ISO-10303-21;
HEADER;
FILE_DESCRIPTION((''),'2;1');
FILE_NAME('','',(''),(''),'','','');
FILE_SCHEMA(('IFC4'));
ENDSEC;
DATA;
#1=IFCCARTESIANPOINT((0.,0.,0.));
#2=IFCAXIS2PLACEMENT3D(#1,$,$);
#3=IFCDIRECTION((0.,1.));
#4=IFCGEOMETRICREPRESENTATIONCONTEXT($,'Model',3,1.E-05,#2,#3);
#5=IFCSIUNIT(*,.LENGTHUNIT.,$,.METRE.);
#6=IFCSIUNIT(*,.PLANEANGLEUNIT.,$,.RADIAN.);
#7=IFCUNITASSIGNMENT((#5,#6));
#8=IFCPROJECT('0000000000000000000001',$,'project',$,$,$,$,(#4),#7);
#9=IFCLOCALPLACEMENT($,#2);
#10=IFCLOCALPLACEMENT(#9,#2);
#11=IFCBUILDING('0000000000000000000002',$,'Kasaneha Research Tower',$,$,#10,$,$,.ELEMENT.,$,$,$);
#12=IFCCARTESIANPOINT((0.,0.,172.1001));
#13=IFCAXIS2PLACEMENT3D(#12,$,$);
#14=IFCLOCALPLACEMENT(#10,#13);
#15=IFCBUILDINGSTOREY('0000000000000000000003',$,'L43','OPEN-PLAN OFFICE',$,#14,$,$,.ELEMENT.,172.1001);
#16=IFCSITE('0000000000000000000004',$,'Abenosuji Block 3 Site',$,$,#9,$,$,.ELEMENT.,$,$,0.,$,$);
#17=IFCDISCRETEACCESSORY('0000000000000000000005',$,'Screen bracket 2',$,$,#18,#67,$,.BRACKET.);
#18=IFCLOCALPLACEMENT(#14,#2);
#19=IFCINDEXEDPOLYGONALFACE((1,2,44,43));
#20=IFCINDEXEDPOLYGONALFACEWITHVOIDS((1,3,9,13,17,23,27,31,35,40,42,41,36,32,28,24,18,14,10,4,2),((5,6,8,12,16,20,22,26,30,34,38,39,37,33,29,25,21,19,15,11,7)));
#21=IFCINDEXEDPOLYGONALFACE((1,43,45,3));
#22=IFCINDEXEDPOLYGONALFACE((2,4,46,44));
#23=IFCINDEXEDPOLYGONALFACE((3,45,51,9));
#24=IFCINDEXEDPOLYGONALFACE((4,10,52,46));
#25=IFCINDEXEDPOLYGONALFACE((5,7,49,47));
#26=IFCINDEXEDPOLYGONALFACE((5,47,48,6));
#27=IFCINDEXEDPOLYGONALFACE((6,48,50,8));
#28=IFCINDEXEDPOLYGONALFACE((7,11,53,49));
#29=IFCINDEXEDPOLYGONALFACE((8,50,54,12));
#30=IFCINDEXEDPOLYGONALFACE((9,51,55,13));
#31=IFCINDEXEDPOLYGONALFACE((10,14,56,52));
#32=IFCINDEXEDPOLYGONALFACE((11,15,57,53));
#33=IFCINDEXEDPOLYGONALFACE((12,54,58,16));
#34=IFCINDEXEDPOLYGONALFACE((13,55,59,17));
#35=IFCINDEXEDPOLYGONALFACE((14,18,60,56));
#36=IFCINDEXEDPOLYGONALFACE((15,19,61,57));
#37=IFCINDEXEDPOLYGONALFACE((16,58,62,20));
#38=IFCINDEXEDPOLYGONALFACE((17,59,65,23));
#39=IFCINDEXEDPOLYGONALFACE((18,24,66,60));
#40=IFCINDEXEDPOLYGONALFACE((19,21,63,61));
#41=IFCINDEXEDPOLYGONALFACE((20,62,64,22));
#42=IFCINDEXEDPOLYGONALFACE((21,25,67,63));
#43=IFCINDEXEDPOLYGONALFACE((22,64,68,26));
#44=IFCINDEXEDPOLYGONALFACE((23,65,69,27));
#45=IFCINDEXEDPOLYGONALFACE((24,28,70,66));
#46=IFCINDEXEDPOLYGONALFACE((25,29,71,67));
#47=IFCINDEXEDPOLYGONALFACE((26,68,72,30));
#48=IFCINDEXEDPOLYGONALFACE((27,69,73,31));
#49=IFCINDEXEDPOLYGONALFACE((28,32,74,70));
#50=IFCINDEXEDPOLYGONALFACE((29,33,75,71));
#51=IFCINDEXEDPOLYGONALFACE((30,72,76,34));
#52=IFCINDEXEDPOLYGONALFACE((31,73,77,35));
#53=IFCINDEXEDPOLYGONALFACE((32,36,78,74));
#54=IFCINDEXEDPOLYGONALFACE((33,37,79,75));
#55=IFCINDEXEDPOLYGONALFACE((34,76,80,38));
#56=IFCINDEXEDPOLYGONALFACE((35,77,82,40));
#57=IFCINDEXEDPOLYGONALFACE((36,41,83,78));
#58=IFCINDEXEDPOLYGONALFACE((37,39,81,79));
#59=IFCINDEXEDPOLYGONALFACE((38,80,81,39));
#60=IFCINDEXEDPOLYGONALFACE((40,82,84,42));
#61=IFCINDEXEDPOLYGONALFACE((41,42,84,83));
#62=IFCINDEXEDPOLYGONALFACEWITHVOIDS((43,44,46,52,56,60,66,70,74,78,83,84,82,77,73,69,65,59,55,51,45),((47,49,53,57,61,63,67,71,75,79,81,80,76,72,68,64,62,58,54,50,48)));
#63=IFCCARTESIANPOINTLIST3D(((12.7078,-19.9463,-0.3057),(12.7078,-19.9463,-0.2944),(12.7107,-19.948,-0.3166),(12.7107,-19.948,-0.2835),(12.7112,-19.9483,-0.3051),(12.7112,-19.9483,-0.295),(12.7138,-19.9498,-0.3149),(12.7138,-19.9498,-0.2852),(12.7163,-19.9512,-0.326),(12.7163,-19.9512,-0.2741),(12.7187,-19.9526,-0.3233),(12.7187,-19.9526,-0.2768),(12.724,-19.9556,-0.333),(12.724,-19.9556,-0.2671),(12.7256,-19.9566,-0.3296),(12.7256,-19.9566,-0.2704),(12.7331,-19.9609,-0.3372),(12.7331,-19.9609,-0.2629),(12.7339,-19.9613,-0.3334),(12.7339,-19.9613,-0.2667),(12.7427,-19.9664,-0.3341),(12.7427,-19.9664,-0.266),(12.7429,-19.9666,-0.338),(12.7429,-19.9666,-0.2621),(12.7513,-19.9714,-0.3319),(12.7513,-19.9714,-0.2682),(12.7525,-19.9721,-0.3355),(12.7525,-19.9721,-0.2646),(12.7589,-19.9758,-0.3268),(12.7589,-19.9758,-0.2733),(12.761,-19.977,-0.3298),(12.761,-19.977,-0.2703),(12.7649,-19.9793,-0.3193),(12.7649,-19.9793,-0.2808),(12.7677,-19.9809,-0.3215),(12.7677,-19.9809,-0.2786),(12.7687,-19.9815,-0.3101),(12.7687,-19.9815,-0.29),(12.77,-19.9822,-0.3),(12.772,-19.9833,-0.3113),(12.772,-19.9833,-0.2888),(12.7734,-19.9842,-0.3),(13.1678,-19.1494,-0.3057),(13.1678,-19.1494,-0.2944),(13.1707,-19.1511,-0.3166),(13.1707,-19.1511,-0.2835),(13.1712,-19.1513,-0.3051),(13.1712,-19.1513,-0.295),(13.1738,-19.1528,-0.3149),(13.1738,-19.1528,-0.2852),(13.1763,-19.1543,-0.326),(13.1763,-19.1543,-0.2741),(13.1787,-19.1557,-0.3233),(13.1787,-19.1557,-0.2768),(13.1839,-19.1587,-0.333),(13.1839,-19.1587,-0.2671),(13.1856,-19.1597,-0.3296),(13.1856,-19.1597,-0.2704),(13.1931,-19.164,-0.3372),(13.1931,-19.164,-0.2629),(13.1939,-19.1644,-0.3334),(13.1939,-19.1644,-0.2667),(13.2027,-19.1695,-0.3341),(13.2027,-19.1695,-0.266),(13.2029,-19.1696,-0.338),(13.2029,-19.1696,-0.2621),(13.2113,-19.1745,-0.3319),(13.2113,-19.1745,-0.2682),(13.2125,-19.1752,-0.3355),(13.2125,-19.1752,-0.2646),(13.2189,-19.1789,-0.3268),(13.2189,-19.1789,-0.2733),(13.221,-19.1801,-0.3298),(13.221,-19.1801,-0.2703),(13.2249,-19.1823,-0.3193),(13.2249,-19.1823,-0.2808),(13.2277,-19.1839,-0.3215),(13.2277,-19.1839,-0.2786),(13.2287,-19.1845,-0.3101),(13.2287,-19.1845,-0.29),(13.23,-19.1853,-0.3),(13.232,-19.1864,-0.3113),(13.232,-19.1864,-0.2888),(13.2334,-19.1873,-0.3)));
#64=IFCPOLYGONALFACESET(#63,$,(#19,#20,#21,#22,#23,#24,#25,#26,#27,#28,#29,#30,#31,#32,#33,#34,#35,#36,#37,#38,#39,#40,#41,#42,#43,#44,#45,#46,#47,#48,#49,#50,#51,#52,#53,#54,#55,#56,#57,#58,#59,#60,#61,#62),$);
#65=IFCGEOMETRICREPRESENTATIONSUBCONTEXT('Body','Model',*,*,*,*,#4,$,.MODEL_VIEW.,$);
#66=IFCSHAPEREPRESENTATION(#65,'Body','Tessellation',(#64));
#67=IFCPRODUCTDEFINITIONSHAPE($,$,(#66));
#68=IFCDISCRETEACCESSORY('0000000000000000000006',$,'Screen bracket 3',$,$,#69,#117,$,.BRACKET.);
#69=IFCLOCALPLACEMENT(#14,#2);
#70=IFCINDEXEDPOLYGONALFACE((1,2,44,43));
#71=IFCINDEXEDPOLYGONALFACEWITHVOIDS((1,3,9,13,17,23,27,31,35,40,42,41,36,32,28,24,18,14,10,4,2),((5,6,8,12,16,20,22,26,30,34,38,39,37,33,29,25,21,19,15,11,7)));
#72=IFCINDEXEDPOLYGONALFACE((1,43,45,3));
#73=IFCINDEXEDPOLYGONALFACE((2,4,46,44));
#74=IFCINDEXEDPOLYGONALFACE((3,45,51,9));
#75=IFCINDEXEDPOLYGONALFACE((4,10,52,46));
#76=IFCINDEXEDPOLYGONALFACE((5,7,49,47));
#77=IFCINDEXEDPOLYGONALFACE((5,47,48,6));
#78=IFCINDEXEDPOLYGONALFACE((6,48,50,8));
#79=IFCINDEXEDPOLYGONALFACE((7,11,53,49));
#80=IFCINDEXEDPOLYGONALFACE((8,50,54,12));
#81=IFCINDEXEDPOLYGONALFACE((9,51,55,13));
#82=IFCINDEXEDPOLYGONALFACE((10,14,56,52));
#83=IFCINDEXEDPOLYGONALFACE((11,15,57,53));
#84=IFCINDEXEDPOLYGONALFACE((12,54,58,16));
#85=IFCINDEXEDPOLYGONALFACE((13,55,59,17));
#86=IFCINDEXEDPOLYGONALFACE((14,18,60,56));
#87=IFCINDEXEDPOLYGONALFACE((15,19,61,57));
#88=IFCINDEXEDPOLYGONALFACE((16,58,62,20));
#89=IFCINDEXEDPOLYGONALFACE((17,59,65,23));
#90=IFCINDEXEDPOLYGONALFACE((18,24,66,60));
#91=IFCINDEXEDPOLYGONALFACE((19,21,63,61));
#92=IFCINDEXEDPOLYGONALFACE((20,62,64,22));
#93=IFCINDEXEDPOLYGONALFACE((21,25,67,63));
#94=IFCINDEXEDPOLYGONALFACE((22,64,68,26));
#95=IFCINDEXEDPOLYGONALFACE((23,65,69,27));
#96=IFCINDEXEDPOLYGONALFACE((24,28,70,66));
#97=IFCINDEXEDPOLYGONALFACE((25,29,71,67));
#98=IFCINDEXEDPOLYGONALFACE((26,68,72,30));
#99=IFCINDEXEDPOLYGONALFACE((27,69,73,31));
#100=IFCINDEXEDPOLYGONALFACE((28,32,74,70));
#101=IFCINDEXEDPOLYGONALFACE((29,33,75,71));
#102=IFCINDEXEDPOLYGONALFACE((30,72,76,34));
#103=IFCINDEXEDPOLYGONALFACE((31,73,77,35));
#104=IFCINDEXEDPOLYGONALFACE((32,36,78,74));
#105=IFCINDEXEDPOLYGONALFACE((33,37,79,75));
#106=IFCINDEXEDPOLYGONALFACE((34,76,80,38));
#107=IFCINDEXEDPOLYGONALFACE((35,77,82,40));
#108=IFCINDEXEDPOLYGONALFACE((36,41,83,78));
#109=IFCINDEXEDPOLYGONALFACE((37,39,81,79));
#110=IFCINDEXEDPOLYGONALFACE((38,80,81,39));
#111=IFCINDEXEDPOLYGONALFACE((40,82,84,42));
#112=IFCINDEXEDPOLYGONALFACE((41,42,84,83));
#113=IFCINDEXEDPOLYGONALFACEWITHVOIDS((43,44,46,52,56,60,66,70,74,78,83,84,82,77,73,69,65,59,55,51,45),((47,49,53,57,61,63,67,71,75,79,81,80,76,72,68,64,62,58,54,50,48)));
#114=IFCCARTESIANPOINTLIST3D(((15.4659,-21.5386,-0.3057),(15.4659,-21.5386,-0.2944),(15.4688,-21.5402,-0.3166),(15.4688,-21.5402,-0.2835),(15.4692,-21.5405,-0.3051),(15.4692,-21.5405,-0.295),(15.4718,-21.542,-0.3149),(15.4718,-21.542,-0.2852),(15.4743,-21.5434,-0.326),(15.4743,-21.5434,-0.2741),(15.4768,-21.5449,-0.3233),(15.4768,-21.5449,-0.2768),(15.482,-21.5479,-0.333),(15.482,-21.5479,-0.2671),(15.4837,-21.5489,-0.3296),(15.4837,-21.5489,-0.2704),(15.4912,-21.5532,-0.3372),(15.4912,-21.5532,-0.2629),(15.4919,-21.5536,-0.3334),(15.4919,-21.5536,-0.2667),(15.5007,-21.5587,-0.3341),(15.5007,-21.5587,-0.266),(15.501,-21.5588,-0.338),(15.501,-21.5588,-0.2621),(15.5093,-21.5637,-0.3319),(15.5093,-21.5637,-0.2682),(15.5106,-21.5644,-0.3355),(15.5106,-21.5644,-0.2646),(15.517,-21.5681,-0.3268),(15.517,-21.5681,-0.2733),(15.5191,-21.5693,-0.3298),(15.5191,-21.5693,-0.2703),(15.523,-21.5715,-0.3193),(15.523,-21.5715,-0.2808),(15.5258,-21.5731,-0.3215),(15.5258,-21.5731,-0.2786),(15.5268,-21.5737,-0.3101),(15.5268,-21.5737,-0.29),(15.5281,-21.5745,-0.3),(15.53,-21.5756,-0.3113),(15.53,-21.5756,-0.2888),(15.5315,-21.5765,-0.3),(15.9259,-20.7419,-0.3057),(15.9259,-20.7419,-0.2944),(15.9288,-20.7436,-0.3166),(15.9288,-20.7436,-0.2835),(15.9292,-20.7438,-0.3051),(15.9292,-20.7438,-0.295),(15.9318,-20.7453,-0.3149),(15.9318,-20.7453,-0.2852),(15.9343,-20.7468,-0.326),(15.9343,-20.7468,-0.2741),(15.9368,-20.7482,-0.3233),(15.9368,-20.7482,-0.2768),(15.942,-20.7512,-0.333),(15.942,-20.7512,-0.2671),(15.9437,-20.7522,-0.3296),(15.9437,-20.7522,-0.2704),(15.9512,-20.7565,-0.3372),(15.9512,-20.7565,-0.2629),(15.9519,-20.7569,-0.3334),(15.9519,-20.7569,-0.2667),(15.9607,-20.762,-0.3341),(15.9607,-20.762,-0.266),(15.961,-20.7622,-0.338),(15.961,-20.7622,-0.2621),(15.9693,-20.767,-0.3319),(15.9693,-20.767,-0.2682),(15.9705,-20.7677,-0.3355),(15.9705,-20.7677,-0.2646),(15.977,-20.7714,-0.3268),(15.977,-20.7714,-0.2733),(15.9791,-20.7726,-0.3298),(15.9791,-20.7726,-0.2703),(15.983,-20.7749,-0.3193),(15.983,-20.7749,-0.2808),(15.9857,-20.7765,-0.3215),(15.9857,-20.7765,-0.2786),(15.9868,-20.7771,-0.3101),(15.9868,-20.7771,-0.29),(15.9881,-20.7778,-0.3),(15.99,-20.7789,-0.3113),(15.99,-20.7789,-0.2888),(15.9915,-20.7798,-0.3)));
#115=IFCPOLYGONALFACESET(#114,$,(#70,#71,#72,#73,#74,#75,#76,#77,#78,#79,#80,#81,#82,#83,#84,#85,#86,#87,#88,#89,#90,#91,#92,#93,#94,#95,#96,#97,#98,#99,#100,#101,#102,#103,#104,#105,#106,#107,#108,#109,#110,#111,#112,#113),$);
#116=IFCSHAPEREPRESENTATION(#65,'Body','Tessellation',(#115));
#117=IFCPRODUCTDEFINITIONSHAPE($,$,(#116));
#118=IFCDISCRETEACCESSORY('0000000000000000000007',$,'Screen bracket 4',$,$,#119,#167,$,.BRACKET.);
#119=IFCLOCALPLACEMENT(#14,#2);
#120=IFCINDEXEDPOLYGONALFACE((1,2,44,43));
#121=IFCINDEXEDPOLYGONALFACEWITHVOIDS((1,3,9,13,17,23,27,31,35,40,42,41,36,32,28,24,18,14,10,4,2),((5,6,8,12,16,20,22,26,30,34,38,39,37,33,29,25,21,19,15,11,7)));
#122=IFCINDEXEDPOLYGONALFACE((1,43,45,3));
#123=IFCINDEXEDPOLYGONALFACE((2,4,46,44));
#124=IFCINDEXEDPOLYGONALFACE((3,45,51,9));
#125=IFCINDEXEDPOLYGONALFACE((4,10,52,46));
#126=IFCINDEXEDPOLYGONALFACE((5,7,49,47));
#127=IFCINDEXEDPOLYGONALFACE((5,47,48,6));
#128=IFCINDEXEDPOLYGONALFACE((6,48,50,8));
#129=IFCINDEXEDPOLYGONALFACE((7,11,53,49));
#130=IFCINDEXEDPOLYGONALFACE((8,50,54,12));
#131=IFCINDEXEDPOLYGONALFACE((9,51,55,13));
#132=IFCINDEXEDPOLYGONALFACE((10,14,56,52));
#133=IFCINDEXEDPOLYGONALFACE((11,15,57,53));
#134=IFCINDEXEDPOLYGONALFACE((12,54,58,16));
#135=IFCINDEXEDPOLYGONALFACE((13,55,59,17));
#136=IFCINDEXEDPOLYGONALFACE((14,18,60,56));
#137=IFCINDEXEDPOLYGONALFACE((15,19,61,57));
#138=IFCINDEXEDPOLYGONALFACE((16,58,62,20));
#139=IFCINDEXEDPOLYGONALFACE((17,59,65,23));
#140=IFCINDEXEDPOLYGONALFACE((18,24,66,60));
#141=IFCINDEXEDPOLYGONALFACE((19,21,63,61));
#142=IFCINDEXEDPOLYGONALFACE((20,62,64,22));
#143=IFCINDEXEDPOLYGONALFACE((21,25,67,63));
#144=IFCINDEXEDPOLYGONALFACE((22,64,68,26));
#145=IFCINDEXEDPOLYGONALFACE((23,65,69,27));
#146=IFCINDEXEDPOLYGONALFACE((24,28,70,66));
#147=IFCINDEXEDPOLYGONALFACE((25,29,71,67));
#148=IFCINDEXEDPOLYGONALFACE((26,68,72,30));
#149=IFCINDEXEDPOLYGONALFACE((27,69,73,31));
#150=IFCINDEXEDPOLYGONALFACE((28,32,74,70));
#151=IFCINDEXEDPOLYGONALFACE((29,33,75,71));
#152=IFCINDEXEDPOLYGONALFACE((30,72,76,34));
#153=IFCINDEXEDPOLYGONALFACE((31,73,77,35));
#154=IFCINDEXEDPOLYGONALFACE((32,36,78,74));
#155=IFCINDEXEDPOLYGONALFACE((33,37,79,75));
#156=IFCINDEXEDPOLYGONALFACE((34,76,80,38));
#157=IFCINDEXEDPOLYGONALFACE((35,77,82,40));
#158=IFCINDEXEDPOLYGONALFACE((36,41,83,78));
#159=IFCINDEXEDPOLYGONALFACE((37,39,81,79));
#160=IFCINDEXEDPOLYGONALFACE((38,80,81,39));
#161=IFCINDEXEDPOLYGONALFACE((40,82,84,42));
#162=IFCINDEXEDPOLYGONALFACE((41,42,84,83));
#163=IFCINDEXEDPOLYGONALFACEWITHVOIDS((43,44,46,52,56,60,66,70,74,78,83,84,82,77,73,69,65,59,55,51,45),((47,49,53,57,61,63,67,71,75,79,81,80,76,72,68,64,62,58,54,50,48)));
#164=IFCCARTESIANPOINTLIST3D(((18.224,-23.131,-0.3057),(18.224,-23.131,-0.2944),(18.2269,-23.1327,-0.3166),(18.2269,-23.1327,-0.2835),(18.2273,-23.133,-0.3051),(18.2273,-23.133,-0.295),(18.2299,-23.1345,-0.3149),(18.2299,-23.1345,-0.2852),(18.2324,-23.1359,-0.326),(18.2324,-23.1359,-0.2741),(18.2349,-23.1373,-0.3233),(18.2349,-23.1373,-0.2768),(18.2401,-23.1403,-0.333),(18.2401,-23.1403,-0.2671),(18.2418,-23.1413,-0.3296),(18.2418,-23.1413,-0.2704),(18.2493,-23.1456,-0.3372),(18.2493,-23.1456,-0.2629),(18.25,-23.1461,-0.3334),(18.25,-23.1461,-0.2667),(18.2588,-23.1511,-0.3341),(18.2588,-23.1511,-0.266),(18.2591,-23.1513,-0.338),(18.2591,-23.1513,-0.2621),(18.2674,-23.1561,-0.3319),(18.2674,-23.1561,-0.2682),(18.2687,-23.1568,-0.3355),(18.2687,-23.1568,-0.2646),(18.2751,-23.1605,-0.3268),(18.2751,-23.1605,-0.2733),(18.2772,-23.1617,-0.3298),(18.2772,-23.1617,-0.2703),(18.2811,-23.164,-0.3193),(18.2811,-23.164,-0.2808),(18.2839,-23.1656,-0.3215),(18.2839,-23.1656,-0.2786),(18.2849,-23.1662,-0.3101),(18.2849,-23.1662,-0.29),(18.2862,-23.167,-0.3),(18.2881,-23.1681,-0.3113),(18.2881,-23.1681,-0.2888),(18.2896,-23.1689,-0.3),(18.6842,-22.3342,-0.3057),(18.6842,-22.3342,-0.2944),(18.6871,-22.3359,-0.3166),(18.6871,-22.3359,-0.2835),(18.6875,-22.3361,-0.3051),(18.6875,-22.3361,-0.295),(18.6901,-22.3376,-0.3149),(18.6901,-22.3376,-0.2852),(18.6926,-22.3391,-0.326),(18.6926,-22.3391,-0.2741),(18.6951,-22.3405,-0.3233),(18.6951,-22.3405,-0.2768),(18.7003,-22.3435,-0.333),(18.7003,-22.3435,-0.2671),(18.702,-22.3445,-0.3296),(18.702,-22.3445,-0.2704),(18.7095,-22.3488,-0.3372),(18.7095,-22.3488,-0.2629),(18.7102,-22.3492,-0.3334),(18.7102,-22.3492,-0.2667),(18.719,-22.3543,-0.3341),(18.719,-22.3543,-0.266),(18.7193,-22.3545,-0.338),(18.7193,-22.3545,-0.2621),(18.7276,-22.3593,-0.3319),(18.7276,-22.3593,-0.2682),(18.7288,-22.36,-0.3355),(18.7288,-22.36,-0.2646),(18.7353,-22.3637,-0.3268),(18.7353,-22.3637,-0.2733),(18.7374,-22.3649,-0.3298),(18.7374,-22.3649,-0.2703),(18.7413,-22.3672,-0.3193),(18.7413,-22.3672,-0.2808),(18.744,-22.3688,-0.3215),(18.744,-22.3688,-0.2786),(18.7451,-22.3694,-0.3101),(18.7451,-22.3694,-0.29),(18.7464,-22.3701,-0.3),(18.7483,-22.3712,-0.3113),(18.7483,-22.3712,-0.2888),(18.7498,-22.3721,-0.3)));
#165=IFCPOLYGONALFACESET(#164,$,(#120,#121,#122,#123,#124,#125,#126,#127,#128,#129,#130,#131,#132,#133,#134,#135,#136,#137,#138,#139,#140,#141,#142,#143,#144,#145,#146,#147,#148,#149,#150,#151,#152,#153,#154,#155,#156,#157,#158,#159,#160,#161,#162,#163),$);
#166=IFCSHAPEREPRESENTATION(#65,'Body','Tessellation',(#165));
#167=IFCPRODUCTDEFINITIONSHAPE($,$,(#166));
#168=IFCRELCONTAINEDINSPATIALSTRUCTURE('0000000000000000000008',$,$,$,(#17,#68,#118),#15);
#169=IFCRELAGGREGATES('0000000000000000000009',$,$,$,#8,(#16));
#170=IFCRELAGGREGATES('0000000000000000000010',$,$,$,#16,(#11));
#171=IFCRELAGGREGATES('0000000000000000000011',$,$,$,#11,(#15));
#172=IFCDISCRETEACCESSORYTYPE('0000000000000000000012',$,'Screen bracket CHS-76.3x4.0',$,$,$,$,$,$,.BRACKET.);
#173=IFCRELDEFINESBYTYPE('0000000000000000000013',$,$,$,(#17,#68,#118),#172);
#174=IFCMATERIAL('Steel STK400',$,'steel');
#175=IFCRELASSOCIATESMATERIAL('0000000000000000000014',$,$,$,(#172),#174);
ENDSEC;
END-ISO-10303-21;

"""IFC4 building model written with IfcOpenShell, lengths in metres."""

from ifc_helpers import new_model, si_unit, direction, frame, origin, origin_2d, place, context, subcontext, project, spatial, hollow_circle, extrude, material, material_profile, profile_set, type_object, element, save


model = new_model("IFC4")

# Units and contexts
model_context = context("Model", 3, precision=1e-05, world=origin(), true_north=direction((0.0, 1.0)))
body_context = subcontext(model_context, "Body", "Model", "MODEL_VIEW")
ifc_project = project(units=[si_unit("LENGTHUNIT", "METRE"), si_unit("PLANEANGLEUNIT", "RADIAN")], contexts=[model_context])

# Site, building, storey
site_placement = place(None, origin())
site = spatial("IfcSite", under=ifc_project, at=site_placement, Name="Abenosuji Block 3 Site", CompositionType="ELEMENT", RefElevation=0.0)
building_placement = place(site_placement, origin())
building = spatial("IfcBuilding", under=site, at=building_placement, Name="Kasaneha Research Tower", CompositionType="ELEMENT")
storey_placement = place(building_placement, frame((0.0, 0.0, 172.1001)))
storey = spatial("IfcBuildingStorey", under=building, at=storey_placement, Name="L43", Description="OPEN-PLAN OFFICE", CompositionType="ELEMENT", Elevation=172.1001)

# Discrete accessories
ifc_material_1 = material(Name="Steel STK400", Category="steel")
ifc_material_profile_1 = material_profile(ifc_material_1, hollow_circle(Radius=0.0381, WallThickness=0.0039, at=origin_2d()), Name="CHS-76.3x4.0")
ifc_profile_set_1 = profile_set([ifc_material_profile_1], Name="Steel STK400")
discrete_accessory_type = type_object("IfcDiscreteAccessoryType", Name="Screen bracket CHS-76.3x4.0", PredefinedType="BRACKET", material=ifc_profile_set_1)
discrete_accessory_1_placement = place(storey_placement, frame((13.2004, -19.1682, -0.3), z_axis=(-0.499906, -0.86608, 0.0), x_axis=(0.86608, -0.499906, 0.0)))
element("IfcDiscreteAccessory", 1, at=discrete_accessory_1_placement, inside=storey, type_object=discrete_accessory_type, Name="Screen bracket 2", PredefinedType="BRACKET", context=body_context, shape_type="SweptSolid", body=[
    extrude(hollow_circle(Radius=0.0381, WallThickness=0.0039, at=origin_2d()), origin(), (0.0, 0.0, 1.0), 0.9202),
])
discrete_accessory_2_placement = place(storey_placement, frame((15.9585, -20.7607, -0.3), z_axis=(-0.500021, -0.866013, 0.0), x_axis=(0.866013, -0.500021, 0.0)))
element("IfcDiscreteAccessory", 2, at=discrete_accessory_2_placement, inside=storey, type_object=discrete_accessory_type, Name="Screen bracket 3", PredefinedType="BRACKET", context=body_context, shape_type="SweptSolid", body=[
    extrude(hollow_circle(Radius=0.0381, WallThickness=0.0039, at=origin_2d()), origin(), (0.0, 0.0, 1.0), 0.9199),
])
discrete_accessory_3_placement = place(storey_placement, frame((18.7168, -22.353, -0.3), z_axis=(-0.500105, -0.865965, 0.0), x_axis=(0.865965, -0.500105, 0.0)))
element("IfcDiscreteAccessory", 3, at=discrete_accessory_3_placement, inside=storey, type_object=discrete_accessory_type, Name="Screen bracket 4", PredefinedType="BRACKET", context=body_context, shape_type="SweptSolid", body=[
    extrude(hollow_circle(Radius=0.0381, WallThickness=0.0039, at=origin_2d()), origin(), (0.0, 0.0, 1.0), 0.9202),
])

save(model, "model.ifc")
